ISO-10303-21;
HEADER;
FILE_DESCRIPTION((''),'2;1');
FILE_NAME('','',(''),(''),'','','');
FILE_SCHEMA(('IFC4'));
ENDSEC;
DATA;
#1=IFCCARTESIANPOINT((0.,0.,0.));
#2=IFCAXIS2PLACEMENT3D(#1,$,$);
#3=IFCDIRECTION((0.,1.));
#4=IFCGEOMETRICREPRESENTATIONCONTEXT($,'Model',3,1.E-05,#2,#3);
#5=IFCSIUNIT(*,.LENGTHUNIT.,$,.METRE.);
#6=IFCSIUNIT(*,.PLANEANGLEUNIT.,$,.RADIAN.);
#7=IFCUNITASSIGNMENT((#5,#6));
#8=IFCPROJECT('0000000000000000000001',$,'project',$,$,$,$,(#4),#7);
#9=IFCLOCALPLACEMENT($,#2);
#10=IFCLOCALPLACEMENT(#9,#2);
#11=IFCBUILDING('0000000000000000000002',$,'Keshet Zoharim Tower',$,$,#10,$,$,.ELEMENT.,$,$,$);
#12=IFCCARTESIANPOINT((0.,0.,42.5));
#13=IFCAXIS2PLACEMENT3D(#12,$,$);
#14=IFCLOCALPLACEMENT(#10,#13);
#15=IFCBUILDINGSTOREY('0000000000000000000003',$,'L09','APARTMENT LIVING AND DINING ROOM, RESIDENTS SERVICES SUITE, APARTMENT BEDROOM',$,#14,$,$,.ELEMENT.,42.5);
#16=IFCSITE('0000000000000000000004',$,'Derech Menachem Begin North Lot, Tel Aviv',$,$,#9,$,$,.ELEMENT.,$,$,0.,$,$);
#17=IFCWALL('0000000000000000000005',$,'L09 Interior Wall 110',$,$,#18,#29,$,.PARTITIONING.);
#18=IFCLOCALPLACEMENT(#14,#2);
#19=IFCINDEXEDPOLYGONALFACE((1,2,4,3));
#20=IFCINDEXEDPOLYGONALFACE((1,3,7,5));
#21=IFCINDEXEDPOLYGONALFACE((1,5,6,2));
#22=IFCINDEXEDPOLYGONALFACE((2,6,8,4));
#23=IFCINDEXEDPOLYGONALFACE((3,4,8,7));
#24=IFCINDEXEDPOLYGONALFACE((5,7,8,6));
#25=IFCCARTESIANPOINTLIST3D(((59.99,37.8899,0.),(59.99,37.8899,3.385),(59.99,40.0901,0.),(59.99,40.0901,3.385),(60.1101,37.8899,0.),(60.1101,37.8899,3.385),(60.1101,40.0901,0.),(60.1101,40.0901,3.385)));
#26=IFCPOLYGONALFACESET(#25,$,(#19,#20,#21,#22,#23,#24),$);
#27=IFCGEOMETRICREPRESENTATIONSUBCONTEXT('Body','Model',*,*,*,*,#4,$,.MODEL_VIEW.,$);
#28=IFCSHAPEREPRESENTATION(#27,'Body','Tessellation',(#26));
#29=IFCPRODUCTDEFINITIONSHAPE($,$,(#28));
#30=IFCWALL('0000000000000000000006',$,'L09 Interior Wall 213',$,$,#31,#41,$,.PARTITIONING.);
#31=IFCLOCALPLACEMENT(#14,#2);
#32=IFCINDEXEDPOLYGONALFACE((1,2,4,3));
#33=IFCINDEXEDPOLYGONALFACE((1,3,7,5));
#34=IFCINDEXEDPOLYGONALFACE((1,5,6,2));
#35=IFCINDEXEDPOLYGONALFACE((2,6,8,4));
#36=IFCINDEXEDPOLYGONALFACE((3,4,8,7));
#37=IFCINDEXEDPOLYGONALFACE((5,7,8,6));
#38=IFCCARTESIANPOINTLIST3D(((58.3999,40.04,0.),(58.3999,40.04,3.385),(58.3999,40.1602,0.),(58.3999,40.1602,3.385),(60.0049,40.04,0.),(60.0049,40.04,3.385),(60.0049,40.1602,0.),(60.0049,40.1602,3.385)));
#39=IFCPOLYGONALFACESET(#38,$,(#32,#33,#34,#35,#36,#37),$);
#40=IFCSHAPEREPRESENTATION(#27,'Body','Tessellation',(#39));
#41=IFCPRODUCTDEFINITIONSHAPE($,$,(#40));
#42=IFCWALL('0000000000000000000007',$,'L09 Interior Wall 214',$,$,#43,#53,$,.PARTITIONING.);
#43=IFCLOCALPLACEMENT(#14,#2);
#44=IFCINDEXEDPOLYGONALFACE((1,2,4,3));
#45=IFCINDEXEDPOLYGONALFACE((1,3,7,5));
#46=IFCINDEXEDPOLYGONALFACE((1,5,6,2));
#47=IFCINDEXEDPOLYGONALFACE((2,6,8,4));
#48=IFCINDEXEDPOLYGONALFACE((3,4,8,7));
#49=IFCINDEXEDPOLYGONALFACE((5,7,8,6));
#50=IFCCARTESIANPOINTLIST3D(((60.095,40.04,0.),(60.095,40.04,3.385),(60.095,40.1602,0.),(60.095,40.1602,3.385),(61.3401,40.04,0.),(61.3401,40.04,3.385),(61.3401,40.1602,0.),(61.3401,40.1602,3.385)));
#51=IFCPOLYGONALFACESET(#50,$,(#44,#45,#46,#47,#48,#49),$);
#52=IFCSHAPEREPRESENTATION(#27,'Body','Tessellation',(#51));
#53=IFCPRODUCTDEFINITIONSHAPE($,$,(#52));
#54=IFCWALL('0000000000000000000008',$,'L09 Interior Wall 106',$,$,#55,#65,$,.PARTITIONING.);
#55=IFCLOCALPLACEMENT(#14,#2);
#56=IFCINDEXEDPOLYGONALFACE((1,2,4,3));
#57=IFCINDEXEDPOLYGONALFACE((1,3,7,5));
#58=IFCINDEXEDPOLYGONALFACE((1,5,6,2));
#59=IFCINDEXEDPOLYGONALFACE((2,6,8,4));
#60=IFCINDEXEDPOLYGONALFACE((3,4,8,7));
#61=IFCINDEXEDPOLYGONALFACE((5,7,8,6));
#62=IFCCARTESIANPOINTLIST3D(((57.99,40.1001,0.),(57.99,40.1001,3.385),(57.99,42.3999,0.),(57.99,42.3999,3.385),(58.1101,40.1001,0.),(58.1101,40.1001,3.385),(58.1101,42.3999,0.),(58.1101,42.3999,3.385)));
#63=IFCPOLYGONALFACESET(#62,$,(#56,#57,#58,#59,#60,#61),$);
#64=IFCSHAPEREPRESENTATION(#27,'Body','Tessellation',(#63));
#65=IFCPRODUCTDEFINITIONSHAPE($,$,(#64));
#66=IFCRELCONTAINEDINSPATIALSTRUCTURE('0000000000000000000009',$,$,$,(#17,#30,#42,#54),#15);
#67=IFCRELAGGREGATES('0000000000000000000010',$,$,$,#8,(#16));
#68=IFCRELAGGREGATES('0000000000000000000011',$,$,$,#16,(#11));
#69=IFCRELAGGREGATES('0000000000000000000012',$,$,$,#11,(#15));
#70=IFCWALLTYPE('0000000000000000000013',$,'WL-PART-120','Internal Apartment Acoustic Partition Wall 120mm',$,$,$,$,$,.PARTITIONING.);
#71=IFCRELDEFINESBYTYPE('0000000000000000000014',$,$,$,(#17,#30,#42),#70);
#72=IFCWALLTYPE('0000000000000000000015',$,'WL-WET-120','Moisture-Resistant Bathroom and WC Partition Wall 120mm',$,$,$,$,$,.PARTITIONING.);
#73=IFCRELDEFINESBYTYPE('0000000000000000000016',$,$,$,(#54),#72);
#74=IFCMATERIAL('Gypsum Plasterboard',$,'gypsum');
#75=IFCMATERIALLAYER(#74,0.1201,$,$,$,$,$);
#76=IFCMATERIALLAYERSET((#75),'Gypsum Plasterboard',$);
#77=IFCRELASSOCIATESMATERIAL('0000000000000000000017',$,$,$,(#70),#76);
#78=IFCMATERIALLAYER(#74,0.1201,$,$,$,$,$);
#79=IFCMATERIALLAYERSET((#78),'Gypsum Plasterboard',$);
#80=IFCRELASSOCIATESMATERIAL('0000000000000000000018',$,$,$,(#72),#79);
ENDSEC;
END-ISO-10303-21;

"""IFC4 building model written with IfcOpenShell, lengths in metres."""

from ifc_helpers import new_model, si_unit, direction, frame, frame_2d, origin, place, context, subcontext, project, spatial, rectangle, extrude, material, layer, layer_set, type_object, element, save


model = new_model("IFC4")

# Units and contexts
model_context = context("Model", 3, precision=1e-05, world=origin(), true_north=direction((0.0, 1.0)))
body_context = subcontext(model_context, "Body", "Model", "MODEL_VIEW")
ifc_project = project(units=[si_unit("LENGTHUNIT", "METRE"), si_unit("PLANEANGLEUNIT", "RADIAN")], contexts=[model_context])

# Site, building, storey
site_placement = place(None, origin())
site = spatial("IfcSite", under=ifc_project, at=site_placement, Name="Derech Menachem Begin North Lot, Tel Aviv", CompositionType="ELEMENT", RefElevation=0.0)
building_placement = place(site_placement, origin())
building = spatial("IfcBuilding", under=site, at=building_placement, Name="Keshet Zoharim Tower", CompositionType="ELEMENT")
storey_placement = place(building_placement, frame((0.0, 0.0, 42.5)))
storey = spatial("IfcBuildingStorey", under=building, at=storey_placement, Name="L09", Description="APARTMENT LIVING AND DINING ROOM, RESIDENTS SERVICES SUITE, APARTMENT BEDROOM", CompositionType="ELEMENT", Elevation=42.5)

# Walls
ifc_material_1 = material(Name="Gypsum Plasterboard", Category="gypsum")
ifc_layer_1 = layer(ifc_material_1, 0.1201)
ifc_layer_set_1 = layer_set([ifc_layer_1], Name="Gypsum Plasterboard")
wall_type_1 = type_object("IfcWallType", Name="WL-PART-120", Description="Internal Apartment Acoustic Partition Wall 120mm", PredefinedType="PARTITIONING", material=ifc_layer_set_1)
wall_1_placement = place(storey_placement, frame((60.05, 37.8899, 0.0), z_axis=(0.0, 0.0, 1.0), x_axis=(0.0, 1.0, 0.0)))
element("IfcWall", 1, at=wall_1_placement, inside=storey, type_object=wall_type_1, Name="L09 Interior Wall 110", PredefinedType="PARTITIONING", context=body_context, shape_type="SweptSolid", body=[
    extrude(rectangle(XDim=2.2002, YDim=0.1201, at=frame_2d((1.1001, 0.0))), origin(), (0.0, 0.0, 1.0), 3.385),
])
wall_2_placement = place(storey_placement, frame((58.3999, 40.1001, 0.0), z_axis=(0.0, 0.0, 1.0), x_axis=(1.0, 0.0, 0.0)))
element("IfcWall", 2, at=wall_2_placement, inside=storey, type_object=wall_type_1, Name="L09 Interior Wall 213", PredefinedType="PARTITIONING", context=body_context, shape_type="SweptSolid", body=[
    extrude(rectangle(XDim=1.605, YDim=0.1201, at=frame_2d((0.8025, 0.0))), origin(), (0.0, 0.0, 1.0), 3.385),
])
wall_3_placement = place(storey_placement, frame((60.095, 40.1001, 0.0), z_axis=(0.0, 0.0, 1.0), x_axis=(1.0, 0.0, 0.0)))
element("IfcWall", 3, at=wall_3_placement, inside=storey, type_object=wall_type_1, Name="L09 Interior Wall 214", PredefinedType="PARTITIONING", context=body_context, shape_type="SweptSolid", body=[
    extrude(rectangle(XDim=1.2451, YDim=0.1201, at=frame_2d((0.6226, 0.0))), origin(), (0.0, 0.0, 1.0), 3.385),
])
ifc_layer_2 = layer(ifc_material_1, 0.1201)
ifc_layer_set_2 = layer_set([ifc_layer_2], Name="Gypsum Plasterboard")
wall_type_2 = type_object("IfcWallType", Name="WL-WET-120", Description="Moisture-Resistant Bathroom and WC Partition Wall 120mm", PredefinedType="PARTITIONING", material=ifc_layer_set_2)
wall_4_placement = place(storey_placement, frame((58.05, 40.1001, 0.0), z_axis=(0.0, 0.0, 1.0), x_axis=(0.0, 1.0, 0.0)))
element("IfcWall", 4, at=wall_4_placement, inside=storey, type_object=wall_type_2, Name="L09 Interior Wall 106", PredefinedType="PARTITIONING", context=body_context, shape_type="SweptSolid", body=[
    extrude(rectangle(XDim=2.2998, YDim=0.1201, at=frame_2d((1.1499, 0.0))), origin(), (0.0, 0.0, 1.0), 3.385),
])

save(model, "model.ifc")
